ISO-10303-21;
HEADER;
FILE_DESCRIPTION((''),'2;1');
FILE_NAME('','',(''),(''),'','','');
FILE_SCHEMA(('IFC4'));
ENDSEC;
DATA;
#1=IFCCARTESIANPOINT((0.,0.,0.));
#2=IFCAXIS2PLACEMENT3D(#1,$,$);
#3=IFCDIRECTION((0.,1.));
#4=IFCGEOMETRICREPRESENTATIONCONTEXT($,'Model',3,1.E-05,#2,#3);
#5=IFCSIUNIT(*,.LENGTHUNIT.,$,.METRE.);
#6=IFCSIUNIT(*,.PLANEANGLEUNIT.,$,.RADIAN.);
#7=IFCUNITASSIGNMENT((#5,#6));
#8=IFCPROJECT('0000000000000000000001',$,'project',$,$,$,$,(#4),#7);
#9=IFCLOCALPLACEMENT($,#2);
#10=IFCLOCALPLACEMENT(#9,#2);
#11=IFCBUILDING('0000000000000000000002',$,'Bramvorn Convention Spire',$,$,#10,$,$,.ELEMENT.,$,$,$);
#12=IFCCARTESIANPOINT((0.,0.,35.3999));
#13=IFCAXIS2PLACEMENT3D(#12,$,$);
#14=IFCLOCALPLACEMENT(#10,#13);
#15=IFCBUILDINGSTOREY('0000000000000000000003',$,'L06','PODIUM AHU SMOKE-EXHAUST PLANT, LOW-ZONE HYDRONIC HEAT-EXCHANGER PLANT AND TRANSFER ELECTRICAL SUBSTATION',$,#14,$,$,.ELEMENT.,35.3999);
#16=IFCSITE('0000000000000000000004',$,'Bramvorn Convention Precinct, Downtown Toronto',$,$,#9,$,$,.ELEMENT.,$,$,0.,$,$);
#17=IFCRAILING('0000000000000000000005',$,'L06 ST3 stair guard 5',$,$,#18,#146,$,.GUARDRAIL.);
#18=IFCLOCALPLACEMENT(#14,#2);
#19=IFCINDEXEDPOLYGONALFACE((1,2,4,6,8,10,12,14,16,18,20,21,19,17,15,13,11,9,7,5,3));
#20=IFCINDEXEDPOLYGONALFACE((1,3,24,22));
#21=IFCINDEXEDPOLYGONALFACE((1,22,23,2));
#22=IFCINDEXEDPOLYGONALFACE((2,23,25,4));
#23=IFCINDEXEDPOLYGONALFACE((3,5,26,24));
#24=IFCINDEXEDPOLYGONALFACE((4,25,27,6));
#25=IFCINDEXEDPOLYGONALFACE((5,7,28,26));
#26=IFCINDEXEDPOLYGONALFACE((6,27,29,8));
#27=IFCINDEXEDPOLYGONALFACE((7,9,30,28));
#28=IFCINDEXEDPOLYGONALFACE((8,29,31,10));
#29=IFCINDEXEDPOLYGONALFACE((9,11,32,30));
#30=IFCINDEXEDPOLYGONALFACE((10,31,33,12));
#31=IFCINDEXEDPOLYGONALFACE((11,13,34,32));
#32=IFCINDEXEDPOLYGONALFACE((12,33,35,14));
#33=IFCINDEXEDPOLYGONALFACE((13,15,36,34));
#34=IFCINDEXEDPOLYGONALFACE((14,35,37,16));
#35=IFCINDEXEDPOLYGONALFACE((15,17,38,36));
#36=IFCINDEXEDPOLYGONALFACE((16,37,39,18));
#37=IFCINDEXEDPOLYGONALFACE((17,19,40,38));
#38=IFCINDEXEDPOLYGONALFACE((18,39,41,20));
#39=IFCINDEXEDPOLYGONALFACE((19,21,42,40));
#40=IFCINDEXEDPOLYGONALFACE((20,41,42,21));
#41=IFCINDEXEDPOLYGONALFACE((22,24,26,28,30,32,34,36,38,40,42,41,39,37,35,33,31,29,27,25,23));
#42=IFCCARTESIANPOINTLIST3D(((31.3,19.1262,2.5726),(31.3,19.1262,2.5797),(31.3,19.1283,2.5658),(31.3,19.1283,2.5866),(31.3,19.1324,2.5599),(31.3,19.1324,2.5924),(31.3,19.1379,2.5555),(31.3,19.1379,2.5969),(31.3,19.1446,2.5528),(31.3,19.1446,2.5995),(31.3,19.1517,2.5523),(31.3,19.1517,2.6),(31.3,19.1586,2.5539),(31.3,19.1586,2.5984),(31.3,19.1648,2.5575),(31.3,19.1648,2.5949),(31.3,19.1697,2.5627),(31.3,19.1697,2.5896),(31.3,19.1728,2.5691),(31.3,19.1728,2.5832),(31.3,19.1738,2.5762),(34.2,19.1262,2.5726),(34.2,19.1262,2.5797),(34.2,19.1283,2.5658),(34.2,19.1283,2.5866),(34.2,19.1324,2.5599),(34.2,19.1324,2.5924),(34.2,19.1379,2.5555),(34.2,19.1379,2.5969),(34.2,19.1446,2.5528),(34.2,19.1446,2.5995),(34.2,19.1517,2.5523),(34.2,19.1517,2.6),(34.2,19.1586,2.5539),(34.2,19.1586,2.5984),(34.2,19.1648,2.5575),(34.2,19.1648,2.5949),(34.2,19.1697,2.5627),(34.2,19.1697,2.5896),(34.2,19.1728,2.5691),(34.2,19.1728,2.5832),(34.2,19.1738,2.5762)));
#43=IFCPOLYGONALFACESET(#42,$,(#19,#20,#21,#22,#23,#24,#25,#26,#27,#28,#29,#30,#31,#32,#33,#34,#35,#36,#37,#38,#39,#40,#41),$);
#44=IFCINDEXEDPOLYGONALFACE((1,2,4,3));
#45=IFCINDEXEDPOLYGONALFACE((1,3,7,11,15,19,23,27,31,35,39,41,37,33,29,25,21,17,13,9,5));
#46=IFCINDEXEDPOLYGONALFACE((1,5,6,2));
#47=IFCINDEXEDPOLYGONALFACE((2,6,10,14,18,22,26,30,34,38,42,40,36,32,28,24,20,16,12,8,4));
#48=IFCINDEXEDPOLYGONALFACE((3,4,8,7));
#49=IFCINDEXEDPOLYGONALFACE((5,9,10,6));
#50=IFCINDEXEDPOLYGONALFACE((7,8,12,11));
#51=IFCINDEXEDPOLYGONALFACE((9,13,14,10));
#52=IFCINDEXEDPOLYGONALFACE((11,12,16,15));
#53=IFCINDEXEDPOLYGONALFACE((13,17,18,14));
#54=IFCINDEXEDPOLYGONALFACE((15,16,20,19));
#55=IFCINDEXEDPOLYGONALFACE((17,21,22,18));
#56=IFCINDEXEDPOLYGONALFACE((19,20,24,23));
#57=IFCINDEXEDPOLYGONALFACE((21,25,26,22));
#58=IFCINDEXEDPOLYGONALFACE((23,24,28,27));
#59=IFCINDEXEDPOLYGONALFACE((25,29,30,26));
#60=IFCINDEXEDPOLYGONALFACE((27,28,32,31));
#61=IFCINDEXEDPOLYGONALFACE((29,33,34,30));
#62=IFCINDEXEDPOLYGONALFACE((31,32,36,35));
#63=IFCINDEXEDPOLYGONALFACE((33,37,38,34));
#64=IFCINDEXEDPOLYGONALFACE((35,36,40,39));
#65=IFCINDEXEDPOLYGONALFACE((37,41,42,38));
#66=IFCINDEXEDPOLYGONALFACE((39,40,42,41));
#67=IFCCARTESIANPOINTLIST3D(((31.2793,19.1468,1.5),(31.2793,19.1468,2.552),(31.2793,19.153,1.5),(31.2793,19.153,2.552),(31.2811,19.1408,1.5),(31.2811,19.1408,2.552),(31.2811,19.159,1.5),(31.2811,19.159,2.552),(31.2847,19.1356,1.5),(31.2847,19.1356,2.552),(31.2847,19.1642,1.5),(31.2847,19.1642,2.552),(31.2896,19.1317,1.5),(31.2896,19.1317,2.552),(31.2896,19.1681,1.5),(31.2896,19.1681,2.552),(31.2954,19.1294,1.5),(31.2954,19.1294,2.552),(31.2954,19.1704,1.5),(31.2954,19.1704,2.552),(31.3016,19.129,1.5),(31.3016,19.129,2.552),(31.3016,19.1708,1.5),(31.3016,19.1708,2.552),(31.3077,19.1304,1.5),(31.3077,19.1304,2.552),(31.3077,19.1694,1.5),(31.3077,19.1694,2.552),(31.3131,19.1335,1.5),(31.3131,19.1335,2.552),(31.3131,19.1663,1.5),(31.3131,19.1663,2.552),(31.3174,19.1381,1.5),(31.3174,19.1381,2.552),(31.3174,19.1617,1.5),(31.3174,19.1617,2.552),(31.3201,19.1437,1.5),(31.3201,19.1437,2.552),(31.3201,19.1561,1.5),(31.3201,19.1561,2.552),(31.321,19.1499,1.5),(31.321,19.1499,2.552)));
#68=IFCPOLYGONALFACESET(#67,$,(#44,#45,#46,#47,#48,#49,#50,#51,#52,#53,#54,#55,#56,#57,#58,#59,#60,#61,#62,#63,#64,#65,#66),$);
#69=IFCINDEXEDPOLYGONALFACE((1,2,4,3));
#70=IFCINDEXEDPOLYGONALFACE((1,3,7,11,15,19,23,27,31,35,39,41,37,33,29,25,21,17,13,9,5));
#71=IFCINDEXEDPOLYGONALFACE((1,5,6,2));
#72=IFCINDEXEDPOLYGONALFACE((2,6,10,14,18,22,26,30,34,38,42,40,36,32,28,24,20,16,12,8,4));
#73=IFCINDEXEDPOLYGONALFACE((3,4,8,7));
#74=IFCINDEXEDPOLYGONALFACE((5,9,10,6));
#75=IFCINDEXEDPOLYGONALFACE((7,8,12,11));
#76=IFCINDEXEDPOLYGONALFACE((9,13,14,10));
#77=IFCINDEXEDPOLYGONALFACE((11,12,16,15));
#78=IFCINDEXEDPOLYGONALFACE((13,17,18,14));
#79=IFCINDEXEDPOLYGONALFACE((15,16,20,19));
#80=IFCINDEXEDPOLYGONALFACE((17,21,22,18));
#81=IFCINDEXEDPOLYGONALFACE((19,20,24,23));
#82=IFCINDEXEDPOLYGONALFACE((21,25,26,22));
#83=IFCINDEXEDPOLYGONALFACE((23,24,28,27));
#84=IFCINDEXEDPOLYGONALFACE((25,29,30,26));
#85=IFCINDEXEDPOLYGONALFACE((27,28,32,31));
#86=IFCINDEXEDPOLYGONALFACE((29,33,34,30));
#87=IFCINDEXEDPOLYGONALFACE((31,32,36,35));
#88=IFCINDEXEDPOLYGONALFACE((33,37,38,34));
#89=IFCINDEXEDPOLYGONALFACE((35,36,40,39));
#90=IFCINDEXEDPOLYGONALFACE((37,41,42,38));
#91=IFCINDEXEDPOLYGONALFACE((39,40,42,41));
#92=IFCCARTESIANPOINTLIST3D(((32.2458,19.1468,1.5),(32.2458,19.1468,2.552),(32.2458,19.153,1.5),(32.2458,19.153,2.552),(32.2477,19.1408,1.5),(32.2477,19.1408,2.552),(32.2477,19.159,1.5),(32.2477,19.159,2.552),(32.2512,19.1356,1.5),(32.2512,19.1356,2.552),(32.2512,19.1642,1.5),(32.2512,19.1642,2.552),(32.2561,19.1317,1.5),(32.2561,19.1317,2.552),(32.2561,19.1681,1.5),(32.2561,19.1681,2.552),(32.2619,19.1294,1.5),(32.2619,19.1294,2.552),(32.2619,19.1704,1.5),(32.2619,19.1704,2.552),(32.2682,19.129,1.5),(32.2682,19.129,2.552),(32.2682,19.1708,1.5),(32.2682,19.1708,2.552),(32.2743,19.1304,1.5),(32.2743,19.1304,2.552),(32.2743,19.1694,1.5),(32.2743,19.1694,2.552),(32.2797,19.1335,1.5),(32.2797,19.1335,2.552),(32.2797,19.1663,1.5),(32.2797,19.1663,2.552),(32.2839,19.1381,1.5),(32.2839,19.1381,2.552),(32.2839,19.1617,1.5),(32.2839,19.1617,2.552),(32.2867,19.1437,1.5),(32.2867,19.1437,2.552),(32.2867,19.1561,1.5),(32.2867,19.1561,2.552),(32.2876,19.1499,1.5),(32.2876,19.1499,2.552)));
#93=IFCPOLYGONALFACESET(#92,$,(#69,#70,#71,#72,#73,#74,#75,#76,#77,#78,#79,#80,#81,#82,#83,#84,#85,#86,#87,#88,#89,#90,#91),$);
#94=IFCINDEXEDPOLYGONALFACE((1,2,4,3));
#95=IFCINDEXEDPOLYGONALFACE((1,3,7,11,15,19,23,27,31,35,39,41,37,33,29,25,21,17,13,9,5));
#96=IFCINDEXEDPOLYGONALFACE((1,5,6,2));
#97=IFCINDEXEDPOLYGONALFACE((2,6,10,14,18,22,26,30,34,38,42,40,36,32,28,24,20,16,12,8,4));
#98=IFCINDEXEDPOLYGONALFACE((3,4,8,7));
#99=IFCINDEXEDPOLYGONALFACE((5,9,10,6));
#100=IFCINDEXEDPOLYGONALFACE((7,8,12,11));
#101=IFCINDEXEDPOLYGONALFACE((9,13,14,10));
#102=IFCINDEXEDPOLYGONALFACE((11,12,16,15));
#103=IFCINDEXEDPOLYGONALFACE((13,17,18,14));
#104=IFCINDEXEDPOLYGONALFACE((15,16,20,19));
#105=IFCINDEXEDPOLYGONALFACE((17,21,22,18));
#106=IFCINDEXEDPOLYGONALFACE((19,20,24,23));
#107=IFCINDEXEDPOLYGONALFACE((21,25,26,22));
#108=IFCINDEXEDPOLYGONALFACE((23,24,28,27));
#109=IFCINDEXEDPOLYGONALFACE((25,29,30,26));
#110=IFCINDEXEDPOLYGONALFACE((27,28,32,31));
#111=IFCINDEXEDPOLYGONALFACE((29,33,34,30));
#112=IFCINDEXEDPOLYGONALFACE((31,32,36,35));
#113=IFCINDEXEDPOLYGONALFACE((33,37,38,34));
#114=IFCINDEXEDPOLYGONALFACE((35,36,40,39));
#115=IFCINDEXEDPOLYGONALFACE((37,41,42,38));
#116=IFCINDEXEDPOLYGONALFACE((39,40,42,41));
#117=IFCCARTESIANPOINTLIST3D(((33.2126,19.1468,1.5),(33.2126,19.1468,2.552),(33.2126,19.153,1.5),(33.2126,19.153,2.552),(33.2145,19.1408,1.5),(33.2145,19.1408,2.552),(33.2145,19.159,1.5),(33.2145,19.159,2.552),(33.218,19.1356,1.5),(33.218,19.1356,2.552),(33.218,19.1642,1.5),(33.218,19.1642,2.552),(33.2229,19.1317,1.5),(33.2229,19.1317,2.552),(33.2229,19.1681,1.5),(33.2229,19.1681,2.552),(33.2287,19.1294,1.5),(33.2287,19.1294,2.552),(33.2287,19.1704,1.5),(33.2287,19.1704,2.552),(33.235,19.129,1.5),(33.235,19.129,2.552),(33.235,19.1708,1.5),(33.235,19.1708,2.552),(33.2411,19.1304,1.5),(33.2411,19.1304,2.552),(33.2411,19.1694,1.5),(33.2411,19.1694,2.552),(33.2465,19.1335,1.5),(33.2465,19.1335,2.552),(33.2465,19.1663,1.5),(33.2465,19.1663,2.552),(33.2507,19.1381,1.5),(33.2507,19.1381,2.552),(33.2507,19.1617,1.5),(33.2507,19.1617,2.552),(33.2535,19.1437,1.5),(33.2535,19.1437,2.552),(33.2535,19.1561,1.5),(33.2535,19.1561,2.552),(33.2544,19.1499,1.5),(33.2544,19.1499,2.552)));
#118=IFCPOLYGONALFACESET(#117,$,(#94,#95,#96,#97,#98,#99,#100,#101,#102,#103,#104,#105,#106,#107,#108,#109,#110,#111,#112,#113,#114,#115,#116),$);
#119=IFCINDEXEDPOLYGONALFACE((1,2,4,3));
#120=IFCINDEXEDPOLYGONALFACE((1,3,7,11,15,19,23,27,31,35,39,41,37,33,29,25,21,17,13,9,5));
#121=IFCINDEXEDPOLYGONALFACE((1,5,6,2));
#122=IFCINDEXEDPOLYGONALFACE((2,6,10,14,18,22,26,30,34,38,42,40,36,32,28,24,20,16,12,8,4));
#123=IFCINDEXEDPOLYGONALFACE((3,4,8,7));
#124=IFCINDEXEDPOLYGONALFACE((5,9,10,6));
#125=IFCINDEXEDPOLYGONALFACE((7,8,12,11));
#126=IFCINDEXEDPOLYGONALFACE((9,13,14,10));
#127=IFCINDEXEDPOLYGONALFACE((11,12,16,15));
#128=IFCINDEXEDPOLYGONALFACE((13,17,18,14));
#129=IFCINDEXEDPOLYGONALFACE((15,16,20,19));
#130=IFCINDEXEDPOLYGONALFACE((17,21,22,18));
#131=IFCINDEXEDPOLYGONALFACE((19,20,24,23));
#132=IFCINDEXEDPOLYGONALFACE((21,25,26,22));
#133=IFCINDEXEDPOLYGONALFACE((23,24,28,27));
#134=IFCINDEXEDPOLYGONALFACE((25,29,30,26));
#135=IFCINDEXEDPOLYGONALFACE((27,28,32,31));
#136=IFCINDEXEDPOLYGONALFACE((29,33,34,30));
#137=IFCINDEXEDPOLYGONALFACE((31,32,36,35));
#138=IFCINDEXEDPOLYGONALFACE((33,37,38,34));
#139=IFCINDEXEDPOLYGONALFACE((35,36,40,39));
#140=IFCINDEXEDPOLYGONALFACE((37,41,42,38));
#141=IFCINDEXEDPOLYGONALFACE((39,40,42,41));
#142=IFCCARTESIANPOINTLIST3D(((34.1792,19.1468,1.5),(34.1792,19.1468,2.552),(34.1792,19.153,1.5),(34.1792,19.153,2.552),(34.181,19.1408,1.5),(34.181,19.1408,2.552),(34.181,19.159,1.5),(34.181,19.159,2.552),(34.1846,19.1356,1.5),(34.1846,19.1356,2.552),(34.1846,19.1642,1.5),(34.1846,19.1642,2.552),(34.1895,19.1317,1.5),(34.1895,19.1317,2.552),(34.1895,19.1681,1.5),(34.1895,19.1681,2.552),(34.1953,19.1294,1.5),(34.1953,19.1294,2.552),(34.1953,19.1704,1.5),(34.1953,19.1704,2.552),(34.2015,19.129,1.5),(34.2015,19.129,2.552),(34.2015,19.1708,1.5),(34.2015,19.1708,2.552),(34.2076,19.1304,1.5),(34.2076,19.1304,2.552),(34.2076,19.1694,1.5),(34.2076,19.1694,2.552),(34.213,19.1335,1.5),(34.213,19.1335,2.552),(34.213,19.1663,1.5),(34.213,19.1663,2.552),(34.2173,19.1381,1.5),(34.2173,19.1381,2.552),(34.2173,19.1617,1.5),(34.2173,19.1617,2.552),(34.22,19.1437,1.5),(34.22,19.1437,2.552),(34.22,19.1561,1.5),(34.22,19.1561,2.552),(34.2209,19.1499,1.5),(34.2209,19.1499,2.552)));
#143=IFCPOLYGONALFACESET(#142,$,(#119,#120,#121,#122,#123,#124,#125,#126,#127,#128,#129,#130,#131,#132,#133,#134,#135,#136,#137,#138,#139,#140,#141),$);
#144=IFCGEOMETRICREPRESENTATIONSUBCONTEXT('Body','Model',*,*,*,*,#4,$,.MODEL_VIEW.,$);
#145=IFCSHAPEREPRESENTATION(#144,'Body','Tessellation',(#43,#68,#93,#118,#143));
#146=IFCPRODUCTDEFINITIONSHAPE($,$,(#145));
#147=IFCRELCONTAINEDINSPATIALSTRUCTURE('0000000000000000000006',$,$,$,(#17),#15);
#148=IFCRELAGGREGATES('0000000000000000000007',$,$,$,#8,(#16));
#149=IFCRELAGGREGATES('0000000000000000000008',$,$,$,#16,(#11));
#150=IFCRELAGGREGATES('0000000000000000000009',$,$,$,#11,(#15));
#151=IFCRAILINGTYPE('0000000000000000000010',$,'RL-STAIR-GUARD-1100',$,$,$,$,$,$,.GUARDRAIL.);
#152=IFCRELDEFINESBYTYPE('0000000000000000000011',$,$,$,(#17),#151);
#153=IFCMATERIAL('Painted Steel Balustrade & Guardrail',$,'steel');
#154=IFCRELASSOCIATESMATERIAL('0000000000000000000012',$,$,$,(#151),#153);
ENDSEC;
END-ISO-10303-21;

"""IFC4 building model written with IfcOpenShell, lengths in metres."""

from ifc_helpers import new_model, si_unit, direction, frame, origin, origin_2d, place, context, subcontext, project, spatial, circle, extrude, material, type_object, element, save


model = new_model("IFC4")

# Units and contexts
model_context = context("Model", 3, precision=1e-05, world=origin(), true_north=direction((0.0, 1.0)))
body_context = subcontext(model_context, "Body", "Model", "MODEL_VIEW")
ifc_project = project(units=[si_unit("LENGTHUNIT", "METRE"), si_unit("PLANEANGLEUNIT", "RADIAN")], contexts=[model_context])

# Site, building, storey
site_placement = place(None, origin())
site = spatial("IfcSite", under=ifc_project, at=site_placement, Name="Bramvorn Convention Precinct, Downtown Toronto", CompositionType="ELEMENT", RefElevation=0.0)
building_placement = place(site_placement, origin())
building = spatial("IfcBuilding", under=site, at=building_placement, Name="Bramvorn Convention Spire", CompositionType="ELEMENT")
storey_placement = place(building_placement, frame((0.0, 0.0, 35.3999)))
storey = spatial("IfcBuildingStorey", under=building, at=storey_placement, Name="L06", Description="PODIUM AHU SMOKE-EXHAUST PLANT, LOW-ZONE HYDRONIC HEAT-EXCHANGER PLANT AND TRANSFER ELECTRICAL SUBSTATION", CompositionType="ELEMENT", Elevation=35.3999)

# Railing
ifc_material_1 = material(Name="Painted Steel Balustrade & Guardrail", Category="steel")
railing_type_1 = type_object("IfcRailingType", Name="RL-STAIR-GUARD-1100", PredefinedType="GUARDRAIL", material=ifc_material_1)
railing_1_placement = place(storey_placement, frame((31.3, 19.1499, 1.5)))
element("IfcRailing", 1, at=railing_1_placement, inside=storey, type_object=railing_type_1, Name="L06 ST3 stair guard 5", PredefinedType="GUARDRAIL", context=body_context, shape_type="SweptSolid", body=[
    extrude(circle(Radius=0.0239, at=origin_2d()), frame((0.0, 0.0, 1.0762), z_axis=(1.0, 0.0, 0.0), x_axis=(0.0, 1.0, 0.0)), (0.0, 0.0, 1.0), 2.8999),
    extrude(circle(Radius=0.021, at=origin_2d()), origin(), (0.0, 0.0, 1.0), 1.052),
    extrude(circle(Radius=0.021, at=origin_2d()), frame((0.9666, 0.0, 0.0)), (0.0, 0.0, 1.0), 1.052),
    extrude(circle(Radius=0.021, at=origin_2d()), frame((1.9333, 0.0, 0.0)), (0.0, 0.0, 1.0), 1.052),
    extrude(circle(Radius=0.021, at=origin_2d()), frame((2.8999, 0.0, 0.0)), (0.0, 0.0, 1.0), 1.052),
])

save(model, "model.ifc")
